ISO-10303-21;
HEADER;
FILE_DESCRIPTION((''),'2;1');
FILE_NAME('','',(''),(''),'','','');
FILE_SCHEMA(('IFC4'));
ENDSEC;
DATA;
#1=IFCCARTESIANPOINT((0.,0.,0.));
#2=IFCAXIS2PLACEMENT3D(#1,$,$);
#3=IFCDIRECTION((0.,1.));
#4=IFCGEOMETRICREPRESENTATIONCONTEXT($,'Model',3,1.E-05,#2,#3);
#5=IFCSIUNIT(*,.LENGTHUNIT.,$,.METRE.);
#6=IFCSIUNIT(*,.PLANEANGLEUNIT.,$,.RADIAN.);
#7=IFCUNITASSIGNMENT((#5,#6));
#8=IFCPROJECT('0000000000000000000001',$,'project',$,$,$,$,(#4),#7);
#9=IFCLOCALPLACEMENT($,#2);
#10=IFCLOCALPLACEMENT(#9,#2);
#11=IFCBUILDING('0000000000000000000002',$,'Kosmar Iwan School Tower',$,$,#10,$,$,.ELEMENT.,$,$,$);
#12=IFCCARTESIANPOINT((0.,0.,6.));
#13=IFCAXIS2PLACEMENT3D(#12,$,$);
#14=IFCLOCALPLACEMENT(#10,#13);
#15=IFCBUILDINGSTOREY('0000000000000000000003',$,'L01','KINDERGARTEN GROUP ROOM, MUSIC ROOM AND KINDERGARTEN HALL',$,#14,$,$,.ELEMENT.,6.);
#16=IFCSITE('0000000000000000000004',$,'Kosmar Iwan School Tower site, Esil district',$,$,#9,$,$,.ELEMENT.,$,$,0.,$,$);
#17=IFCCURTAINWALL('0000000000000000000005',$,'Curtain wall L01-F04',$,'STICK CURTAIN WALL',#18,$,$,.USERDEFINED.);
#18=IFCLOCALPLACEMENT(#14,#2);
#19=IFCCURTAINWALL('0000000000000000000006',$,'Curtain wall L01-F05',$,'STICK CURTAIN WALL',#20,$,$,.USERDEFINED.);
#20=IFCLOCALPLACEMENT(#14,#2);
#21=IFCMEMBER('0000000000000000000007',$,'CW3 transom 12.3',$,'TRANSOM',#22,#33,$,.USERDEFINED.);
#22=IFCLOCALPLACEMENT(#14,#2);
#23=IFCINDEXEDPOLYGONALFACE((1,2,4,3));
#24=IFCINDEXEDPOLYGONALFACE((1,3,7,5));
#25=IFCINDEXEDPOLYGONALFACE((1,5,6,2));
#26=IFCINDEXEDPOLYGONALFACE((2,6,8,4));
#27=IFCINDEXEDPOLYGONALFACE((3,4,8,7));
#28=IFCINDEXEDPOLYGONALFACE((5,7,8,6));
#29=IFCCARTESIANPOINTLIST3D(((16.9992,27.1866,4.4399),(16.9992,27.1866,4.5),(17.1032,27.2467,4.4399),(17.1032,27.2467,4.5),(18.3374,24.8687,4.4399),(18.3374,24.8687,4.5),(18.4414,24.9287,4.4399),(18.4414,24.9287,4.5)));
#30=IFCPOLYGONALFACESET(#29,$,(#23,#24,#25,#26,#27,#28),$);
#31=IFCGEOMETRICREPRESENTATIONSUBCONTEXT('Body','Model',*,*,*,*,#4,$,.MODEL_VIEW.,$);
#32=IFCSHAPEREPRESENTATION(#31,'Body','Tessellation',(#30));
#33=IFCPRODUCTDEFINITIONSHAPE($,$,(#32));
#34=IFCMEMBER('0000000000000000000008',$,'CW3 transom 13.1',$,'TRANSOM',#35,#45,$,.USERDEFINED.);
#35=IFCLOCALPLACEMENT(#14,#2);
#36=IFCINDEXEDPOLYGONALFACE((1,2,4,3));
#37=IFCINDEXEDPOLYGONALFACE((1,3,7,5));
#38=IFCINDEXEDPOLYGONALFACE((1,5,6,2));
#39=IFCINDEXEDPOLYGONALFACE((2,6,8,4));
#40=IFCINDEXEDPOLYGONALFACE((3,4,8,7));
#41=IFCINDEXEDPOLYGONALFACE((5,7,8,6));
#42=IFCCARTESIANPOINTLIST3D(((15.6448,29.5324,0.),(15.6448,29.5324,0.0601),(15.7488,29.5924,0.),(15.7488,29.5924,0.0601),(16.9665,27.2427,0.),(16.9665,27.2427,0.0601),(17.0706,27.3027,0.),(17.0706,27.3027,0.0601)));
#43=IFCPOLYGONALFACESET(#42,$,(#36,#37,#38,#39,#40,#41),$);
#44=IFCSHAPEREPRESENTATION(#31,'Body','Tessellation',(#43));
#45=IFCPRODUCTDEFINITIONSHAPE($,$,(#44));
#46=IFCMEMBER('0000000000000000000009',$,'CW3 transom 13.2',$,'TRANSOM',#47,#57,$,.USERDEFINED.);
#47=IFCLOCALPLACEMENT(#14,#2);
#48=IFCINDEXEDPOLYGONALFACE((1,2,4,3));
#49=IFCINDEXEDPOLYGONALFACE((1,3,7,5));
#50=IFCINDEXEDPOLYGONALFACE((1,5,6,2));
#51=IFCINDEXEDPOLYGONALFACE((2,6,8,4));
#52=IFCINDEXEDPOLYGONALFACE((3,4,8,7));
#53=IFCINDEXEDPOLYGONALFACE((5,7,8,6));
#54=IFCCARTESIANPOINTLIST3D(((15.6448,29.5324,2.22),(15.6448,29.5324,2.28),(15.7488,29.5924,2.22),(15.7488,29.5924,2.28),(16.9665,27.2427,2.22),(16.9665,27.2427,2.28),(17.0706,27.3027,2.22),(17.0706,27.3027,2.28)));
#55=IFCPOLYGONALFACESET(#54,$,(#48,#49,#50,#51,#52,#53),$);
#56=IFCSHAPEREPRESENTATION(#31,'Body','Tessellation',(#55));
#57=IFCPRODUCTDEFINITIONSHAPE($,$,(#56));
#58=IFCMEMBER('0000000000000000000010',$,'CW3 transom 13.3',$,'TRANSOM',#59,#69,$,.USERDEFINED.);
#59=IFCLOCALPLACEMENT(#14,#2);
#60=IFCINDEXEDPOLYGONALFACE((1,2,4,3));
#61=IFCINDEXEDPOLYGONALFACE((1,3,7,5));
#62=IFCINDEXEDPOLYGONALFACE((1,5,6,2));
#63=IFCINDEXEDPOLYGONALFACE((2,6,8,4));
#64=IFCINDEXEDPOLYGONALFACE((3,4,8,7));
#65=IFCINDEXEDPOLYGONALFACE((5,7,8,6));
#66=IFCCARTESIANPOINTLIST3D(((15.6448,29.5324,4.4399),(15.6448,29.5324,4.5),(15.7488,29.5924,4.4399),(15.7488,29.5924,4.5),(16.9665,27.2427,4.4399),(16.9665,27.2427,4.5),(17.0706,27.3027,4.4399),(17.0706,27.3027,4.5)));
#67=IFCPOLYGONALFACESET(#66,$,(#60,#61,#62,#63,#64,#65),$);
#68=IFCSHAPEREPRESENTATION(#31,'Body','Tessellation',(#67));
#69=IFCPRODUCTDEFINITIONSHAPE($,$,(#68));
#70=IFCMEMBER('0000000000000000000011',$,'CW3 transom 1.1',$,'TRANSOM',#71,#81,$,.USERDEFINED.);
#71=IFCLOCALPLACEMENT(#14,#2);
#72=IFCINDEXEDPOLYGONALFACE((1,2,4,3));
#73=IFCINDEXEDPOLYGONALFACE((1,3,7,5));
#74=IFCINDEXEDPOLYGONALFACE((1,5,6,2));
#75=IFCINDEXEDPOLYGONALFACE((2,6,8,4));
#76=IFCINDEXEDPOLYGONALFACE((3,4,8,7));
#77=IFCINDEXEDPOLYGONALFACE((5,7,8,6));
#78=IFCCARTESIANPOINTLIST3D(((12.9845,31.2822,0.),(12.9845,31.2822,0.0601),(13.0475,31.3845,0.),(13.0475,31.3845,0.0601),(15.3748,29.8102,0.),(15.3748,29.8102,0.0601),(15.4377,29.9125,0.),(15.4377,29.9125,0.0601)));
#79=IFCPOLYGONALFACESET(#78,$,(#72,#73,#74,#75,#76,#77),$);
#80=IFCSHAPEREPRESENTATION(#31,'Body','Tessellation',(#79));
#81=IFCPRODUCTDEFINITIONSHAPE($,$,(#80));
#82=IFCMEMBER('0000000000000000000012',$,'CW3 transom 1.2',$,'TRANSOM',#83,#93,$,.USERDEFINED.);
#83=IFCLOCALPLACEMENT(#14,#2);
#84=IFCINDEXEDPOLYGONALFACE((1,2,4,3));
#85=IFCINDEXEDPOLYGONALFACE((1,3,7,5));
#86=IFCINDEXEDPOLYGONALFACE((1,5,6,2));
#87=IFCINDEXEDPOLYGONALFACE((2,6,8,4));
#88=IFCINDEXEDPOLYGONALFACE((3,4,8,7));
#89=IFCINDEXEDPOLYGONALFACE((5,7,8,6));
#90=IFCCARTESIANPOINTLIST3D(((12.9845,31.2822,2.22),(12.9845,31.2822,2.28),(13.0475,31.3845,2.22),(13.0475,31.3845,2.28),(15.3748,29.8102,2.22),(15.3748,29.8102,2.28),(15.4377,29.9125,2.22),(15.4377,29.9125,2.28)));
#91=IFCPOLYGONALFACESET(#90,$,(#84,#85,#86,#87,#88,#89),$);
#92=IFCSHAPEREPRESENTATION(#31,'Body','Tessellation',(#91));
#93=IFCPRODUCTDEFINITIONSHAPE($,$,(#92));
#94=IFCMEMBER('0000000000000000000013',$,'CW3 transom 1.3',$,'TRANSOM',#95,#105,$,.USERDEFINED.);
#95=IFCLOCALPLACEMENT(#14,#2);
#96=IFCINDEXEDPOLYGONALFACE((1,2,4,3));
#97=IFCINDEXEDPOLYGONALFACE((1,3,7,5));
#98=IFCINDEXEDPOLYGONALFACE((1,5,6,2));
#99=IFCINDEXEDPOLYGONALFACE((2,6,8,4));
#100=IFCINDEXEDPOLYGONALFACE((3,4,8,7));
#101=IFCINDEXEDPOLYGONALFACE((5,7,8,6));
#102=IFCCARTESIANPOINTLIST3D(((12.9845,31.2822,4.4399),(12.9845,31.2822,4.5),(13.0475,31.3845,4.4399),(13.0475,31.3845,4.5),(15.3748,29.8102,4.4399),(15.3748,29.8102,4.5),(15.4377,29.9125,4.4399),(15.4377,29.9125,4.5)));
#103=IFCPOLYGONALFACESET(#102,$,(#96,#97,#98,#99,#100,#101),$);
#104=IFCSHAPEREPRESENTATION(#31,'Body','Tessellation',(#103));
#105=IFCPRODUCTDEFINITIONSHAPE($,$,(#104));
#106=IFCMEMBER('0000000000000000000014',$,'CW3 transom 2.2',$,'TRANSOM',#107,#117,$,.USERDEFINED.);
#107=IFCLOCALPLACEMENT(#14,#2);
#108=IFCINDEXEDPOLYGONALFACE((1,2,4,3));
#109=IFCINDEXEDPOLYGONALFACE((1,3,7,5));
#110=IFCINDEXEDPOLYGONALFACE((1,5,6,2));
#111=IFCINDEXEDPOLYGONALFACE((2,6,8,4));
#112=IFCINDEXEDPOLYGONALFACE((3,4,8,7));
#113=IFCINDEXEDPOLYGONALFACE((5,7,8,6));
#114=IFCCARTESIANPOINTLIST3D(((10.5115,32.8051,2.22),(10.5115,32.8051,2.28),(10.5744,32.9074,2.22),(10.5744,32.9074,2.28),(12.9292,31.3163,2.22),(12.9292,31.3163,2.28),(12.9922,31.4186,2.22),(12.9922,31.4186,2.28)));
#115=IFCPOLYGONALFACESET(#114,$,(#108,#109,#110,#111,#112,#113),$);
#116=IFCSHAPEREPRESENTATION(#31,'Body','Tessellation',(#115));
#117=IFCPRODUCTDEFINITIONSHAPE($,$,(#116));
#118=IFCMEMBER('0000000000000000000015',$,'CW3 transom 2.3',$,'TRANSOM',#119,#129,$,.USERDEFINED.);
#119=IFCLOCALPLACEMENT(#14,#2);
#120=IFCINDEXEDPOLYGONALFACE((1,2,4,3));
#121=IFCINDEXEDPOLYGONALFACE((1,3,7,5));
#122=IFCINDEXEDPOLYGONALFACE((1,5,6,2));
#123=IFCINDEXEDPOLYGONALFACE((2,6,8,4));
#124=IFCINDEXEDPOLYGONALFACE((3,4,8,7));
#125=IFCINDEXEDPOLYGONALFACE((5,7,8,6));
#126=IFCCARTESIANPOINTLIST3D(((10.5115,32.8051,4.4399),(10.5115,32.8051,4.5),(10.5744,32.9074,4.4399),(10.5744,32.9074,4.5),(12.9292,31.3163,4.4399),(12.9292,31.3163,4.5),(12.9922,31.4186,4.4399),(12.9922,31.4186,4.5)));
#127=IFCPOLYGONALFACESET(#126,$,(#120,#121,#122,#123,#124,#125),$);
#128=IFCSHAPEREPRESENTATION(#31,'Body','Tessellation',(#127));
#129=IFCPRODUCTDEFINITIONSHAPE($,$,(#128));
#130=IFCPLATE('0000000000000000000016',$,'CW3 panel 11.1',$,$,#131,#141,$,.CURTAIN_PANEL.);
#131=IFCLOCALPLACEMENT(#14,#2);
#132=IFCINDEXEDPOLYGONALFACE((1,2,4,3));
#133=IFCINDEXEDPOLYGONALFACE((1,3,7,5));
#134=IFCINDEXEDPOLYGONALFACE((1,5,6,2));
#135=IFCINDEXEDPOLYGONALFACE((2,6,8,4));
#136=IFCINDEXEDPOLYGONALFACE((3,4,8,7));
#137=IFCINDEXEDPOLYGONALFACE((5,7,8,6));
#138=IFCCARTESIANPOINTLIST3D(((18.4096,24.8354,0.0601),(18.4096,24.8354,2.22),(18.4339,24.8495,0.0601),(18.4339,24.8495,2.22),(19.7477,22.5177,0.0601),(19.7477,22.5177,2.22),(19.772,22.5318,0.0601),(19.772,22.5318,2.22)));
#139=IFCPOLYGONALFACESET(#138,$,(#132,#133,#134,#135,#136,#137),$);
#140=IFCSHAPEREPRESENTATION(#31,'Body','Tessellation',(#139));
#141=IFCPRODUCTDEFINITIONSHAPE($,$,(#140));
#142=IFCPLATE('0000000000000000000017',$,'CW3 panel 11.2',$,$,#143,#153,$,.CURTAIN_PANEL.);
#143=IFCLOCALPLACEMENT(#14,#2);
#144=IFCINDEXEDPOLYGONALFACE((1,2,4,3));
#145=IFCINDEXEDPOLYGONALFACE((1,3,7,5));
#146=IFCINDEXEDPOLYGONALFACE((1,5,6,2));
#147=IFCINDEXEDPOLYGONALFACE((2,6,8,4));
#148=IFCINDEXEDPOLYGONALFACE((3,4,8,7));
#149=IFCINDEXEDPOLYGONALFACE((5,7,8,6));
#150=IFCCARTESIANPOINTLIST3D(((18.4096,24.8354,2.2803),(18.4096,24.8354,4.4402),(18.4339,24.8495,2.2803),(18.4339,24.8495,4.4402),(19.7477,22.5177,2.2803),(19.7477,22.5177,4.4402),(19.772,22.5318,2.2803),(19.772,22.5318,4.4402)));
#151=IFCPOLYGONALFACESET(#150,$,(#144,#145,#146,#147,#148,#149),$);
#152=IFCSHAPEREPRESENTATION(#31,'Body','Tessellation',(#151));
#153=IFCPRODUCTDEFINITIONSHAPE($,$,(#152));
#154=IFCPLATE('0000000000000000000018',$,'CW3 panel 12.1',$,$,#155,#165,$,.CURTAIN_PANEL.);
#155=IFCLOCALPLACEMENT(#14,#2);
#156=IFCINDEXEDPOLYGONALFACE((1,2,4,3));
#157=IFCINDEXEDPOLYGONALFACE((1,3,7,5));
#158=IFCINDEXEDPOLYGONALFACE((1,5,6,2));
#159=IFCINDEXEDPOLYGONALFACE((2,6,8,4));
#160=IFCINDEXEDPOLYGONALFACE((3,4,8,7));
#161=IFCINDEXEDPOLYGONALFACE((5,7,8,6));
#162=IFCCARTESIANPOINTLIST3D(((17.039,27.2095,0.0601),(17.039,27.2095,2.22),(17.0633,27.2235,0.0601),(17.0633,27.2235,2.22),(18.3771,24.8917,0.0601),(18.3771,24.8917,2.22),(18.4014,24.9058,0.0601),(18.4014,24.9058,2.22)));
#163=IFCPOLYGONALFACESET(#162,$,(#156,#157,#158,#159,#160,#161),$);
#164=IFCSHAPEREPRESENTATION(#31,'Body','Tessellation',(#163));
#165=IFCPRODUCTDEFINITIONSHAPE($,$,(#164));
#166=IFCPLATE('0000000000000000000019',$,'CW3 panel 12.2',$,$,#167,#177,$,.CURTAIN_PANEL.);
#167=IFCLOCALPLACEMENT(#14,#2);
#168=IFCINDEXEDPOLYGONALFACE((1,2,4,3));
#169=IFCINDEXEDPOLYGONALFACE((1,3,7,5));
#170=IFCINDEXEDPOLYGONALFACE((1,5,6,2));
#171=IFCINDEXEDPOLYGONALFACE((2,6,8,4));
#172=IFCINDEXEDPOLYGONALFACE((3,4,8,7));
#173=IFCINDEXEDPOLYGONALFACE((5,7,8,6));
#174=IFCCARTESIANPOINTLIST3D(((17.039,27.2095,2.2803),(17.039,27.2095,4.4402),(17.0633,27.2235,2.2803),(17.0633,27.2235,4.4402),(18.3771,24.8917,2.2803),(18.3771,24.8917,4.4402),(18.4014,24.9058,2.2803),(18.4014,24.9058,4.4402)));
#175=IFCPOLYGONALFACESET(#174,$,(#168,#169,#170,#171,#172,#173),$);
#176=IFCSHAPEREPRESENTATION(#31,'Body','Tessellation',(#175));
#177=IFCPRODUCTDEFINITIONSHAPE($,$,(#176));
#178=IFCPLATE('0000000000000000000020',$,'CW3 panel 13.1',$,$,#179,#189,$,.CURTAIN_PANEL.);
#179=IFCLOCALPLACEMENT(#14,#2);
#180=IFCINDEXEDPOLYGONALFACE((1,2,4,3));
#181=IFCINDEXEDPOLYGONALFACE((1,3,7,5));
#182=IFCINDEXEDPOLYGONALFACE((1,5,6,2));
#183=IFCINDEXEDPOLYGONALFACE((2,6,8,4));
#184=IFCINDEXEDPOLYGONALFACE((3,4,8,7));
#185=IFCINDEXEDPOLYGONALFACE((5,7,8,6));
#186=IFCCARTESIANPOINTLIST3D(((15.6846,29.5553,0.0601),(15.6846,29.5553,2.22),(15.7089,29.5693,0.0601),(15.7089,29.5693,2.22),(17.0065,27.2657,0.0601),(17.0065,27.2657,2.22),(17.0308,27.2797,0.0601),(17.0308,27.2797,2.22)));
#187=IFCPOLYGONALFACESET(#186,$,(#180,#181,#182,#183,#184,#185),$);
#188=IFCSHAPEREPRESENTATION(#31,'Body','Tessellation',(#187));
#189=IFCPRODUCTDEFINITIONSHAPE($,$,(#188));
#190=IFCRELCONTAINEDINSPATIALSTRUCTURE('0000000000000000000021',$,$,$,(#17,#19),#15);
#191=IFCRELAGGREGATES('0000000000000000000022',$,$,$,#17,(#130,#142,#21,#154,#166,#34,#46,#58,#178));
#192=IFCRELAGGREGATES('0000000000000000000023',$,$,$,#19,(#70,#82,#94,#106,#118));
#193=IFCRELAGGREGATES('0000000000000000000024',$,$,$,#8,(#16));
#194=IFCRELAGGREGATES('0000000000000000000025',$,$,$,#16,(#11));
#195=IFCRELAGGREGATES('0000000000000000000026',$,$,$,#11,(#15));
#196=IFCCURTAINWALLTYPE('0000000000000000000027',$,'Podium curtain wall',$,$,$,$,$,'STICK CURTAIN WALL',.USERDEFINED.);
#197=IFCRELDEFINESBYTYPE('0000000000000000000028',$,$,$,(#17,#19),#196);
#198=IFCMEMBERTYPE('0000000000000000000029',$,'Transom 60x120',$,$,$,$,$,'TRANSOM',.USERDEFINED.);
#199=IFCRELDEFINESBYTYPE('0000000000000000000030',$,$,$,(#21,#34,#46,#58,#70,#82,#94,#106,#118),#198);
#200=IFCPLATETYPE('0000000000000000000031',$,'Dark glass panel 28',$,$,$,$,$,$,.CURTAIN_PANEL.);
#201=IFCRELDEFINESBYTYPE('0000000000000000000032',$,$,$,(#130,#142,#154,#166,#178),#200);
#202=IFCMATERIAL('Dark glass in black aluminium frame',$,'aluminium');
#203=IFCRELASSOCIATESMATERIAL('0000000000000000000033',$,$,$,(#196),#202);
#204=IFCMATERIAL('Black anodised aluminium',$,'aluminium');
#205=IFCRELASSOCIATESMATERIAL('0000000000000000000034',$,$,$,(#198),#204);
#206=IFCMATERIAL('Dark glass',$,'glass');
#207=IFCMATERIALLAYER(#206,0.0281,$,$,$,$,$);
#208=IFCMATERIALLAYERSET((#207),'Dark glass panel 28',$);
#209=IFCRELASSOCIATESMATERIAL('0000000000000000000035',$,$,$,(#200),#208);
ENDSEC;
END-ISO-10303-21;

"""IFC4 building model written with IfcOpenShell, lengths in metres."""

from ifc_helpers import new_model, si_unit, direction, frame, origin, origin_2d, place, context, subcontext, project, spatial, rectangle, extrude, material, layer, layer_set, material_profile, profile_set, type_object, element, aggregate, save


model = new_model("IFC4")

# Units and contexts
model_context = context("Model", 3, precision=1e-05, world=origin(), true_north=direction((0.0, 1.0)))
body_context = subcontext(model_context, "Body", "Model", "MODEL_VIEW")
ifc_project = project(units=[si_unit("LENGTHUNIT", "METRE"), si_unit("PLANEANGLEUNIT", "RADIAN")], contexts=[model_context])

# Site, building, storey
site_placement = place(None, origin())
site = spatial("IfcSite", under=ifc_project, at=site_placement, Name="Kosmar Iwan School Tower site, Esil district", CompositionType="ELEMENT", RefElevation=0.0)
building_placement = place(site_placement, origin())
building = spatial("IfcBuilding", under=site, at=building_placement, Name="Kosmar Iwan School Tower", CompositionType="ELEMENT")
storey_placement = place(building_placement, frame((0.0, 0.0, 6.0)))
storey = spatial("IfcBuildingStorey", under=building, at=storey_placement, Name="L01", Description="KINDERGARTEN GROUP ROOM, MUSIC ROOM AND KINDERGARTEN HALL", CompositionType="ELEMENT", Elevation=6.0)

# Curtain walls
ifc_material_1 = material(Name="Dark glass in black aluminium frame", Category="aluminium")
curtain_wall_type = type_object("IfcCurtainWallType", Name="Podium curtain wall", ElementType="STICK CURTAIN WALL", PredefinedType="USERDEFINED", material=ifc_material_1)
curtain_wall_1_placement = place(storey_placement, origin())
curtain_wall_1 = element("IfcCurtainWall", 1, at=curtain_wall_1_placement, inside=storey, type_object=curtain_wall_type, Name="Curtain wall L01-F04", ObjectType="STICK CURTAIN WALL", PredefinedType="USERDEFINED")
curtain_wall_2_placement = place(storey_placement, origin())
curtain_wall_2 = element("IfcCurtainWall", 2, at=curtain_wall_2_placement, inside=storey, type_object=curtain_wall_type, Name="Curtain wall L01-F05", ObjectType="STICK CURTAIN WALL", PredefinedType="USERDEFINED")

# Members
ifc_material_2 = material(Name="Black anodised aluminium", Category="aluminium")
ifc_material_profile_1 = material_profile(ifc_material_2, rectangle(XDim=0.1201, YDim=0.0601, at=origin_2d()), Name="TRANSOM 60x120")
ifc_profile_set_1 = profile_set([ifc_material_profile_1], Name="Black anodised aluminium")
member_type_1 = type_object("IfcMemberType", Name="Transom 60x120", ElementType="TRANSOM", PredefinedType="USERDEFINED", material=ifc_profile_set_1)
member_1_placement = place(storey_placement, frame((18.3894, 24.8987, 4.47), z_axis=(-0.499975, 0.86604, 0.0), x_axis=(-0.86604, -0.499975, 0.0)))
member_1 = element("IfcMember", 3, at=member_1_placement, type_object=member_type_1, Name="CW3 transom 12.3", ObjectType="TRANSOM", PredefinedType="USERDEFINED", context=body_context, shape_type="SweptSolid", body=[
    extrude(rectangle(XDim=0.1201, YDim=0.0601, at=origin_2d()), origin(), (0.0, 0.0, 1.0), 2.6765),
])
member_2_placement = place(storey_placement, frame((17.0186, 27.2727, 0.03), z_axis=(-0.499933, 0.866064, 0.0), x_axis=(-0.866064, -0.499933, 0.0)))
member_2 = element("IfcMember", 4, at=member_2_placement, type_object=member_type_1, Name="CW3 transom 13.1", ObjectType="TRANSOM", PredefinedType="USERDEFINED", context=body_context, shape_type="SweptSolid", body=[
    extrude(rectangle(XDim=0.1201, YDim=0.0601, at=origin_2d()), origin(), (0.0, 0.0, 1.0), 2.6438),
])
member_3_placement = place(storey_placement, frame((17.0186, 27.2727, 2.25), z_axis=(-0.499933, 0.866064, 0.0), x_axis=(-0.866064, -0.499933, 0.0)))
member_3 = element("IfcMember", 5, at=member_3_placement, type_object=member_type_1, Name="CW3 transom 13.2", ObjectType="TRANSOM", PredefinedType="USERDEFINED", context=body_context, shape_type="SweptSolid", body=[
    extrude(rectangle(XDim=0.1201, YDim=0.0601, at=origin_2d()), origin(), (0.0, 0.0, 1.0), 2.6438),
])
member_4_placement = place(storey_placement, frame((17.0186, 27.2727, 4.47), z_axis=(-0.499933, 0.866064, 0.0), x_axis=(-0.866064, -0.499933, 0.0)))
member_4 = element("IfcMember", 6, at=member_4_placement, type_object=member_type_1, Name="CW3 transom 13.3", ObjectType="TRANSOM", PredefinedType="USERDEFINED", context=body_context, shape_type="SweptSolid", body=[
    extrude(rectangle(XDim=0.1201, YDim=0.0601, at=origin_2d()), origin(), (0.0, 0.0, 1.0), 2.6438),
])
member_5_placement = place(storey_placement, frame((15.4062, 29.8613, 0.03), z_axis=(-0.851488, 0.524374, 0.0), x_axis=(-0.524374, -0.851488, 0.0)))
member_5 = element("IfcMember", 7, at=member_5_placement, type_object=member_type_1, Name="CW3 transom 1.1", ObjectType="TRANSOM", PredefinedType="USERDEFINED", context=body_context, shape_type="SweptSolid", body=[
    extrude(rectangle(XDim=0.1201, YDim=0.0601, at=origin_2d()), origin(), (0.0, 0.0, 1.0), 2.8071),
])
member_6_placement = place(storey_placement, frame((15.4062, 29.8613, 2.25), z_axis=(-0.851488, 0.524374, 0.0), x_axis=(-0.524374, -0.851488, 0.0)))
member_6 = element("IfcMember", 8, at=member_6_placement, type_object=member_type_1, Name="CW3 transom 1.2", ObjectType="TRANSOM", PredefinedType="USERDEFINED", context=body_context, shape_type="SweptSolid", body=[
    extrude(rectangle(XDim=0.1201, YDim=0.0601, at=origin_2d()), origin(), (0.0, 0.0, 1.0), 2.8071),
])
member_7_placement = place(storey_placement, frame((15.4062, 29.8613, 4.47), z_axis=(-0.851488, 0.524374, 0.0), x_axis=(-0.524374, -0.851488, 0.0)))
member_7 = element("IfcMember", 9, at=member_7_placement, type_object=member_type_1, Name="CW3 transom 1.3", ObjectType="TRANSOM", PredefinedType="USERDEFINED", context=body_context, shape_type="SweptSolid", body=[
    extrude(rectangle(XDim=0.1201, YDim=0.0601, at=origin_2d()), origin(), (0.0, 0.0, 1.0), 2.8071),
])
member_8_placement = place(storey_placement, frame((12.9607, 31.3674, 2.25), z_axis=(-0.851511, 0.524337, 0.0), x_axis=(-0.524337, -0.851511, 0.0)))
member_8 = element("IfcMember", 10, at=member_8_placement, type_object=member_type_1, Name="CW3 transom 2.2", ObjectType="TRANSOM", PredefinedType="USERDEFINED", context=body_context, shape_type="SweptSolid", body=[
    extrude(rectangle(XDim=0.1201, YDim=0.0601, at=origin_2d()), origin(), (0.0, 0.0, 1.0), 2.8394),
])
member_9_placement = place(storey_placement, frame((12.9607, 31.3674, 4.47), z_axis=(-0.851511, 0.524337, 0.0), x_axis=(-0.524337, -0.851511, 0.0)))
member_9 = element("IfcMember", 11, at=member_9_placement, type_object=member_type_1, Name="CW3 transom 2.3", ObjectType="TRANSOM", PredefinedType="USERDEFINED", context=body_context, shape_type="SweptSolid", body=[
    extrude(rectangle(XDim=0.1201, YDim=0.0601, at=origin_2d()), origin(), (0.0, 0.0, 1.0), 2.8394),
])

# Plates
ifc_material_3 = material(Name="Dark glass", Category="glass")
ifc_layer = layer(ifc_material_3, 0.0281)
ifc_layer_set = layer_set([ifc_layer], Name="Dark glass panel 28")
plate_type = type_object("IfcPlateType", Name="Dark glass panel 28", PredefinedType="CURTAIN_PANEL", material=ifc_layer_set)
plate_1_placement = place(storey_placement, frame((19.0908, 23.6836, 0.0601), z_axis=(0.0, 0.0, 1.0), x_axis=(-0.5, 0.866025, 0.0)))
plate_1 = element("IfcPlate", 12, at=plate_1_placement, type_object=plate_type, Name="CW3 panel 11.1", PredefinedType="CURTAIN_PANEL", context=body_context, shape_type="SweptSolid", body=[
    extrude(rectangle(XDim=2.6763, YDim=0.0281, at=origin_2d()), origin(), (0.0, 0.0, 1.0), 2.1599),
])
plate_2_placement = place(storey_placement, frame((19.0908, 23.6836, 2.2803), z_axis=(0.0, 0.0, 1.0), x_axis=(-0.5, 0.866025, 0.0)))
plate_2 = element("IfcPlate", 13, at=plate_2_placement, type_object=plate_type, Name="CW3 panel 11.2", PredefinedType="CURTAIN_PANEL", context=body_context, shape_type="SweptSolid", body=[
    extrude(rectangle(XDim=2.6763, YDim=0.0281, at=origin_2d()), origin(), (0.0, 0.0, 1.0), 2.1599),
])
plate_3_placement = place(storey_placement, frame((17.7202, 26.0576, 0.0601), z_axis=(0.0, 0.0, 1.0), x_axis=(-0.5, 0.866025, 0.0)))
plate_3 = element("IfcPlate", 14, at=plate_3_placement, type_object=plate_type, Name="CW3 panel 12.1", PredefinedType="CURTAIN_PANEL", context=body_context, shape_type="SweptSolid", body=[
    extrude(rectangle(XDim=2.6763, YDim=0.0281, at=origin_2d()), origin(), (0.0, 0.0, 1.0), 2.1599),
])
plate_4_placement = place(storey_placement, frame((17.7202, 26.0576, 2.2803), z_axis=(0.0, 0.0, 1.0), x_axis=(-0.5, 0.866025, 0.0)))
plate_4 = element("IfcPlate", 15, at=plate_4_placement, type_object=plate_type, Name="CW3 panel 12.2", PredefinedType="CURTAIN_PANEL", context=body_context, shape_type="SweptSolid", body=[
    extrude(rectangle(XDim=2.6763, YDim=0.0281, at=origin_2d()), origin(), (0.0, 0.0, 1.0), 2.1599),
])
plate_5_placement = place(storey_placement, frame((16.3577, 28.4175, 0.0601), z_axis=(0.0, 0.0, 1.0), x_axis=(-0.5, 0.866025, 0.0)))
plate_5 = element("IfcPlate", 16, at=plate_5_placement, type_object=plate_type, Name="CW3 panel 13.1", PredefinedType="CURTAIN_PANEL", context=body_context, shape_type="SweptSolid", body=[
    extrude(rectangle(XDim=2.6438, YDim=0.0281, at=origin_2d()), origin(), (0.0, 0.0, 1.0), 2.1599),
])
aggregate(curtain_wall_1, [plate_1, plate_2, member_1, plate_3, plate_4, member_2, member_3, member_4, plate_5])
aggregate(curtain_wall_2, [member_5, member_6, member_7, member_8, member_9])

save(model, "model.ifc")
